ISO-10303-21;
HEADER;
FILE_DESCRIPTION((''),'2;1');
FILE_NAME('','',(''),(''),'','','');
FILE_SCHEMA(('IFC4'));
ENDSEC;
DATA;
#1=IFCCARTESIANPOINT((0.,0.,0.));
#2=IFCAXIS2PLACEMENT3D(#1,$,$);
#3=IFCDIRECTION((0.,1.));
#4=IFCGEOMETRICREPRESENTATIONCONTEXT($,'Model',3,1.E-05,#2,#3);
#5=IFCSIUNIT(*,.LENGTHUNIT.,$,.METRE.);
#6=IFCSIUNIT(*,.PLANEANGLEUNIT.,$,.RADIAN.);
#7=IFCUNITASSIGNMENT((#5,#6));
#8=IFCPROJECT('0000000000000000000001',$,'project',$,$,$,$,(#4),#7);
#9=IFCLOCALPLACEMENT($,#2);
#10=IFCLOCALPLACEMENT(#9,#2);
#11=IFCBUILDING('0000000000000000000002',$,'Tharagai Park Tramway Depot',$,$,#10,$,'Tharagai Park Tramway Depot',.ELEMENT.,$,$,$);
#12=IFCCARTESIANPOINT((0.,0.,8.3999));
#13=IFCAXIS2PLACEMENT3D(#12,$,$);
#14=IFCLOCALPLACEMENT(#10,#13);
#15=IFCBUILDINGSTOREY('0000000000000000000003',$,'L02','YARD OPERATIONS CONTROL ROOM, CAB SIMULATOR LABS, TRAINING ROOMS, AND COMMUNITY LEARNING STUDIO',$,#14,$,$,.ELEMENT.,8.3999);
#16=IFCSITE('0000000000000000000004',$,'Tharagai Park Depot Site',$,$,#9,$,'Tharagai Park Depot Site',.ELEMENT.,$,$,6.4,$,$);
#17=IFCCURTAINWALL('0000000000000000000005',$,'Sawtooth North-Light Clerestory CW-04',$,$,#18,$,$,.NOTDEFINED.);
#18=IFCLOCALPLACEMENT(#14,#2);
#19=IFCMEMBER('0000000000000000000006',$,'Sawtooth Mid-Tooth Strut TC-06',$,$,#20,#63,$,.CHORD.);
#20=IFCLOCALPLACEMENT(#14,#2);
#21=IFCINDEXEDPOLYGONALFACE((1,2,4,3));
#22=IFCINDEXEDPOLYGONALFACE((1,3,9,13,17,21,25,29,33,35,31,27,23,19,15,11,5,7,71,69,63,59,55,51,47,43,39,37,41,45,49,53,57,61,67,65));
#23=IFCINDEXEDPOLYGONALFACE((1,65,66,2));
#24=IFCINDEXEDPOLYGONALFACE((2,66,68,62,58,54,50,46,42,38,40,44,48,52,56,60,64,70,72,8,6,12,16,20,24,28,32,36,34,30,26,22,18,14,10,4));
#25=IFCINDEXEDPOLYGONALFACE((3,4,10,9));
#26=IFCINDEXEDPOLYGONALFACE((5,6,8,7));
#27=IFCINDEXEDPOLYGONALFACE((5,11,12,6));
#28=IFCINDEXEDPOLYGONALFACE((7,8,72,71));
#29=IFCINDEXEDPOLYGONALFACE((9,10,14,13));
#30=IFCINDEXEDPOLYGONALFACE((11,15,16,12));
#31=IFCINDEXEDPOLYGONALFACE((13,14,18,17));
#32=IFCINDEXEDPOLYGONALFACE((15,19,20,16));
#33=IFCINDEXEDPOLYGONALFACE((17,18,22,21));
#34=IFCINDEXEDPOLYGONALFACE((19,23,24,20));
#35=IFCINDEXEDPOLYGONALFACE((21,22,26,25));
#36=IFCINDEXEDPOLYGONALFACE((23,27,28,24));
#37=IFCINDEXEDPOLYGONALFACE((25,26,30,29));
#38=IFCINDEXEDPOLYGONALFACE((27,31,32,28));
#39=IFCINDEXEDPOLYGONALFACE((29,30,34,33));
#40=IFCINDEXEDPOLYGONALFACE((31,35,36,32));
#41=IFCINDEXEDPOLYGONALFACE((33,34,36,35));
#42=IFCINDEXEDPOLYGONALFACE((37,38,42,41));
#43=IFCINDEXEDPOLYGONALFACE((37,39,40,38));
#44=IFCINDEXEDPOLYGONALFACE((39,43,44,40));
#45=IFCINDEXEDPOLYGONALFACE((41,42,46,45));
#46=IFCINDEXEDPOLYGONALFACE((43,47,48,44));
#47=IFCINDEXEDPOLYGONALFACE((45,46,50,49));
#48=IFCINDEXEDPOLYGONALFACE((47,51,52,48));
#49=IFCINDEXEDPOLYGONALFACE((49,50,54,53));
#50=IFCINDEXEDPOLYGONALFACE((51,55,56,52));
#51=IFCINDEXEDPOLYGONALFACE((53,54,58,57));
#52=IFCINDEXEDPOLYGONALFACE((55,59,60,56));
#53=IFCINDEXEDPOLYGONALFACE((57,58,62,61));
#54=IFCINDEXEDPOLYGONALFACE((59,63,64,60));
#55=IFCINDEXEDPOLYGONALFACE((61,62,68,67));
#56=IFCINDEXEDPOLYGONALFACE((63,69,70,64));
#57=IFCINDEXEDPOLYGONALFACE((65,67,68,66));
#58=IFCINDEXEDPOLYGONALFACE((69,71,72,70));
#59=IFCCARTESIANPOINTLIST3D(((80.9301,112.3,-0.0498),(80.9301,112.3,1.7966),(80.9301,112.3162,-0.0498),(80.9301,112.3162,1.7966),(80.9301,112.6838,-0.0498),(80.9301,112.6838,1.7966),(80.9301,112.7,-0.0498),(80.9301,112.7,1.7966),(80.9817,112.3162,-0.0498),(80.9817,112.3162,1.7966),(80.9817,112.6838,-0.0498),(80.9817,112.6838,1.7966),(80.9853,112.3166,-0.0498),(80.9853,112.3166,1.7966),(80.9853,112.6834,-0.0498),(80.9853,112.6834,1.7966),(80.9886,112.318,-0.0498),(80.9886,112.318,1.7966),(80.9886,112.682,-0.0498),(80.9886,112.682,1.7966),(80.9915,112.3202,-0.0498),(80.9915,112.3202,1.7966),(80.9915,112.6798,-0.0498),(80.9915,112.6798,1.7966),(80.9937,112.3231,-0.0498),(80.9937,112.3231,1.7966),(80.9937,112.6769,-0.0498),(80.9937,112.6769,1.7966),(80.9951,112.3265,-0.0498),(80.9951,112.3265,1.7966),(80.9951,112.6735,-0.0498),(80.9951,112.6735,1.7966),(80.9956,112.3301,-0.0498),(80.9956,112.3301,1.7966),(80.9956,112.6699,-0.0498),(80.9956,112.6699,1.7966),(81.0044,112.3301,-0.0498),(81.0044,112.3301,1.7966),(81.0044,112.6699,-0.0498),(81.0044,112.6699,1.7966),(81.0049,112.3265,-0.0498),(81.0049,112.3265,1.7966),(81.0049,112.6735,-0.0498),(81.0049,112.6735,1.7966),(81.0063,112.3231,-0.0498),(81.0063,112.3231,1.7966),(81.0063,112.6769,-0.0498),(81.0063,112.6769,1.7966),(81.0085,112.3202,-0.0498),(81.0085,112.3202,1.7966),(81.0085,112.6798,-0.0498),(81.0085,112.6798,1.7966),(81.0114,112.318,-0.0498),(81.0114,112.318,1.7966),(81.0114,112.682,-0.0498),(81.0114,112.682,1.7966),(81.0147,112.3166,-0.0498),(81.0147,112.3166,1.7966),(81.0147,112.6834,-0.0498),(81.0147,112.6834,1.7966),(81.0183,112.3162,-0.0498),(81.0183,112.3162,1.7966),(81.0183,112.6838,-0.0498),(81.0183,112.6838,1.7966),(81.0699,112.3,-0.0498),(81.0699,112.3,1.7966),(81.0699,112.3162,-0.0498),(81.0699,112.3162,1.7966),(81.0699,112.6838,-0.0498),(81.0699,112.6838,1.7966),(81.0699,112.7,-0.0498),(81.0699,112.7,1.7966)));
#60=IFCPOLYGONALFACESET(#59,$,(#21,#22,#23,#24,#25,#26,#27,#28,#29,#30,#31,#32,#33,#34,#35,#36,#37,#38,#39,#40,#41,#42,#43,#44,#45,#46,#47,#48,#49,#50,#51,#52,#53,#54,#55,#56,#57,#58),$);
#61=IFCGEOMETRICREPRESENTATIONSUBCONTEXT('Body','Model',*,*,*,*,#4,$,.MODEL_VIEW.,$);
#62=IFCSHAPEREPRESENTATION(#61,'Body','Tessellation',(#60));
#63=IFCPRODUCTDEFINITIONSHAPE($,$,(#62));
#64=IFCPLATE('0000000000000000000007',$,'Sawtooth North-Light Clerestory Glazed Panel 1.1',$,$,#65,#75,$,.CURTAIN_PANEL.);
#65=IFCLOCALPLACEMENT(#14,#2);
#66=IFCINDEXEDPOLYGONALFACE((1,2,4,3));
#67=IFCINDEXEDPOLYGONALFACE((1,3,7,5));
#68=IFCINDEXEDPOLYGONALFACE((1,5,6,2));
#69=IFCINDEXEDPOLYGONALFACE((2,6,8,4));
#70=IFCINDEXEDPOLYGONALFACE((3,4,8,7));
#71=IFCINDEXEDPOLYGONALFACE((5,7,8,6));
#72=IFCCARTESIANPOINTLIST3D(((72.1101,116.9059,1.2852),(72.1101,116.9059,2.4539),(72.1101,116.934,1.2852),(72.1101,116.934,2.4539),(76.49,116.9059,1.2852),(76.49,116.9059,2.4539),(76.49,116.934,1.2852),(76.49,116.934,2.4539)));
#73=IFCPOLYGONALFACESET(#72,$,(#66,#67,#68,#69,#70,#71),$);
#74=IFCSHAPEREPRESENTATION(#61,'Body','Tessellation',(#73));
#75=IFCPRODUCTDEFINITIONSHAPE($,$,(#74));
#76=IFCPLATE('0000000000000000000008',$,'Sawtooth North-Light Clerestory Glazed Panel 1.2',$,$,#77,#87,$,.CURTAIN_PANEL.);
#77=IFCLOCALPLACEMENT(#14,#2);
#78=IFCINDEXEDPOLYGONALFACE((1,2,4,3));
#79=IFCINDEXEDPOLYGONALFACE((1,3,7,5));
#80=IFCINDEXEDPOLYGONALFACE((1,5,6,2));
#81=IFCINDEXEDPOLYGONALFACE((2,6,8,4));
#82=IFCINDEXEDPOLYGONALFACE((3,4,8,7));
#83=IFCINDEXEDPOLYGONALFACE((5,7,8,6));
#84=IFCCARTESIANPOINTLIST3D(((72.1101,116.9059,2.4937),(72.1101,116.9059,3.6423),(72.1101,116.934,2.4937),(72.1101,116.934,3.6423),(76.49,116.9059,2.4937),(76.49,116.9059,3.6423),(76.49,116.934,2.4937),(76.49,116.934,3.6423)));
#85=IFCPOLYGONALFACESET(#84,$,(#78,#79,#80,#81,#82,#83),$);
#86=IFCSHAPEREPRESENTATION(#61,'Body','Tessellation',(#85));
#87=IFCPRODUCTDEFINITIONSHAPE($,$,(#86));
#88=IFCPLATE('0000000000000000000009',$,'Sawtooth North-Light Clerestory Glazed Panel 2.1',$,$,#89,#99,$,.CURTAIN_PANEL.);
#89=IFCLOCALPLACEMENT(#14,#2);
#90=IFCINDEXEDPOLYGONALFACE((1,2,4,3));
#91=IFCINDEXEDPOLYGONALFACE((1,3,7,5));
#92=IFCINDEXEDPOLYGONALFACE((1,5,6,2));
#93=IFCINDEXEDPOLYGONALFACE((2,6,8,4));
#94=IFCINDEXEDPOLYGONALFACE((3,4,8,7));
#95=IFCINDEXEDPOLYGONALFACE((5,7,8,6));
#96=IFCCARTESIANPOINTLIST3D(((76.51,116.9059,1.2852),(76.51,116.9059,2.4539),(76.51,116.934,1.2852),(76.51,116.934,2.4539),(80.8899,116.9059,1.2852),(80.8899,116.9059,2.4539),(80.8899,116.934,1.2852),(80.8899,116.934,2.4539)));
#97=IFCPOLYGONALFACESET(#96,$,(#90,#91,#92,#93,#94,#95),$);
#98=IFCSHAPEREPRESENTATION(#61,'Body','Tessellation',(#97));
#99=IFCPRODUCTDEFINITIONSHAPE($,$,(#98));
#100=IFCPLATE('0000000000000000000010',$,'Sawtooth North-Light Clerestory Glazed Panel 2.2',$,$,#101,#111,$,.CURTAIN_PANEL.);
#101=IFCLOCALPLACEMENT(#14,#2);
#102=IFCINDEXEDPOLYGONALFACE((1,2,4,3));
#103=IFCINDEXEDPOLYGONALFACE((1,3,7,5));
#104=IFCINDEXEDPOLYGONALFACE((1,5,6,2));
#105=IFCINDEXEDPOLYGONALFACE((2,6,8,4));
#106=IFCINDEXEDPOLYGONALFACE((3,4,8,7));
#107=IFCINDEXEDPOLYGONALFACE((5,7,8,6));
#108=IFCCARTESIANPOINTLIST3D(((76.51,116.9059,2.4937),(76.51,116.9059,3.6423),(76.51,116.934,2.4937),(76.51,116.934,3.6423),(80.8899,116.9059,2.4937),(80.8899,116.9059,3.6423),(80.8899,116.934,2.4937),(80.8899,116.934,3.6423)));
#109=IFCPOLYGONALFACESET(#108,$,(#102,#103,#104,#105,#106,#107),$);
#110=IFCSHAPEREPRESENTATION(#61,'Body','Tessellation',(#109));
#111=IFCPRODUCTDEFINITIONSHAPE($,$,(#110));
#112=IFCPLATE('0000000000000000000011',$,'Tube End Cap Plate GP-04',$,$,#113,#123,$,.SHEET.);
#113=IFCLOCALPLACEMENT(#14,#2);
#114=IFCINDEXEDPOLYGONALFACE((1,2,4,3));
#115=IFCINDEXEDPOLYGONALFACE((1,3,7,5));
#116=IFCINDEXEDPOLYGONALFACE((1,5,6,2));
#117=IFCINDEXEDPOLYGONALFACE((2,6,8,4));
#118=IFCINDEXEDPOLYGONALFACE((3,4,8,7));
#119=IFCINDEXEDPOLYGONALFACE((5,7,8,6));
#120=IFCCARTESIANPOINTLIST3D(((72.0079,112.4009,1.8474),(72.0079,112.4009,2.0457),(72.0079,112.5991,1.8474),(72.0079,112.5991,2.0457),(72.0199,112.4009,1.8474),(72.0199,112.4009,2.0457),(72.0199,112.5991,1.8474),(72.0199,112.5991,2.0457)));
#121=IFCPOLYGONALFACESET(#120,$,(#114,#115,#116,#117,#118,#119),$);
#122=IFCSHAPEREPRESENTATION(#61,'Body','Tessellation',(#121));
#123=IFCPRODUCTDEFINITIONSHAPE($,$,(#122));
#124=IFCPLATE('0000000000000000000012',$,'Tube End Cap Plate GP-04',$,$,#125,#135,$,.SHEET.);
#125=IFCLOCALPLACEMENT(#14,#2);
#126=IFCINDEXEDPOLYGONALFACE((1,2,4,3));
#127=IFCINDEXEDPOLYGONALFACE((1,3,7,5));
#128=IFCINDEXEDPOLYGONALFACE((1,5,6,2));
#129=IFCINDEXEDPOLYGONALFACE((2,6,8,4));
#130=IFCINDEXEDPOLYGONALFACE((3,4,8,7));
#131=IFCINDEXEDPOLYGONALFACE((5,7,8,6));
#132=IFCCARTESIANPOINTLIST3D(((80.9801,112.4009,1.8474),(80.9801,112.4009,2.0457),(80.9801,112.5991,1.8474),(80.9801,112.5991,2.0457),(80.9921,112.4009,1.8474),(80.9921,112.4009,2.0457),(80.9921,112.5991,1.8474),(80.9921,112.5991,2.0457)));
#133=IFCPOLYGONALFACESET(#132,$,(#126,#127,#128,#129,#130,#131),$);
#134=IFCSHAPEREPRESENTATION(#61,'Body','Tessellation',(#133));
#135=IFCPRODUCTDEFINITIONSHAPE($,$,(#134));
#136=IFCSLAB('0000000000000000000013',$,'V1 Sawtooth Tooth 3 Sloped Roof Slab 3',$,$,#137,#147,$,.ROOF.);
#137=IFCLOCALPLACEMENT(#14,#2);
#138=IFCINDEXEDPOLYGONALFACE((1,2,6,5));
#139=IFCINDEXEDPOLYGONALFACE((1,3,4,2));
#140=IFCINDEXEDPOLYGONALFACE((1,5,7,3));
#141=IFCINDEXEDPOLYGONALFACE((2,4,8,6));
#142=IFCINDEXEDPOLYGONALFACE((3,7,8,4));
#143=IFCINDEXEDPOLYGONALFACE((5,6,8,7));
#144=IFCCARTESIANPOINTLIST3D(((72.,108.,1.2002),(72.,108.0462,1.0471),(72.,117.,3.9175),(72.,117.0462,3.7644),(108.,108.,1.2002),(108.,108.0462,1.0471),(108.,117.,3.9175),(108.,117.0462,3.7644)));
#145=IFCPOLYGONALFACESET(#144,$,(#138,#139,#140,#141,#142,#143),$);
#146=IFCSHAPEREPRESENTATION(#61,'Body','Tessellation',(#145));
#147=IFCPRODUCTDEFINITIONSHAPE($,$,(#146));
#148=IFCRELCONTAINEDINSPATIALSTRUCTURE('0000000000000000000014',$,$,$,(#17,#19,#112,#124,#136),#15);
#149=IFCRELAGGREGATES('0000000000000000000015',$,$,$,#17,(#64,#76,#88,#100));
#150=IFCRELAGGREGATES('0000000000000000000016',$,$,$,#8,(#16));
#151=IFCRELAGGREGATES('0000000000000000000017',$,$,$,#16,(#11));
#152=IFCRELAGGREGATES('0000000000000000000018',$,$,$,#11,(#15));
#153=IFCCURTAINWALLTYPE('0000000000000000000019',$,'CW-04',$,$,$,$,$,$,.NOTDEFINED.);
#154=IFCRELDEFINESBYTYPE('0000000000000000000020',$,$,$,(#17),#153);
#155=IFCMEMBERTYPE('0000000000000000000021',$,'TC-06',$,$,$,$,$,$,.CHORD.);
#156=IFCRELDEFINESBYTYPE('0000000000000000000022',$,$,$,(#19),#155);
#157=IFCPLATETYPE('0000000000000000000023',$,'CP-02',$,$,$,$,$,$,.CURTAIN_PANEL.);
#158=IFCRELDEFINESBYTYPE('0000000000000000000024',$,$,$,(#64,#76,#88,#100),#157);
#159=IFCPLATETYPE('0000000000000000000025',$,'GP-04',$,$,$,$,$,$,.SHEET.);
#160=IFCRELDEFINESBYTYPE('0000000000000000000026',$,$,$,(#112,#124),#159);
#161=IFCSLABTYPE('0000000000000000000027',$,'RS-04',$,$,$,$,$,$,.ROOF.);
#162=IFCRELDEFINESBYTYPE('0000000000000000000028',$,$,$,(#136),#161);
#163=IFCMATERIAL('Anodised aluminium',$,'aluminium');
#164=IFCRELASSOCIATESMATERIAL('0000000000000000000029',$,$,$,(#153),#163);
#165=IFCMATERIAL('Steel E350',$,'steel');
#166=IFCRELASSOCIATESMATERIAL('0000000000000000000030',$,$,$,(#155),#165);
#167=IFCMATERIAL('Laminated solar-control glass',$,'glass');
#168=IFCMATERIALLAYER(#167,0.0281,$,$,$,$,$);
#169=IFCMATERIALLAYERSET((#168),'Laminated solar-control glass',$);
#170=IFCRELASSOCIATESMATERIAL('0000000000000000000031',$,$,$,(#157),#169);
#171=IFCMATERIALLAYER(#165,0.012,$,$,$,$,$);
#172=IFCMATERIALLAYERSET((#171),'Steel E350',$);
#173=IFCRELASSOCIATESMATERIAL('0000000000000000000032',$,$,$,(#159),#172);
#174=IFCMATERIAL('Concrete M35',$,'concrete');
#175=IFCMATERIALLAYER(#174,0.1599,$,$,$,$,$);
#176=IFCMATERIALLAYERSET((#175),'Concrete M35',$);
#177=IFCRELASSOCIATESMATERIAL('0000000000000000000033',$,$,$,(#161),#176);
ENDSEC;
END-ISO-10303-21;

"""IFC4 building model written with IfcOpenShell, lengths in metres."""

from ifc_helpers import new_model, si_unit, direction, frame, origin, origin_2d, place, context, subcontext, project, spatial, polyline, rectangle, i_section, outline, extrude, material, layer, layer_set, material_profile, profile_set, type_object, element, aggregate, save


model = new_model("IFC4")

# Units and contexts
model_context = context("Model", 3, precision=1e-05, world=origin(), true_north=direction((0.0, 1.0)))
body_context = subcontext(model_context, "Body", "Model", "MODEL_VIEW")
ifc_project = project(units=[si_unit("LENGTHUNIT", "METRE"), si_unit("PLANEANGLEUNIT", "RADIAN")], contexts=[model_context])

# Site, building, storey
site_placement = place(None, origin())
site = spatial("IfcSite", under=ifc_project, at=site_placement, Name="Tharagai Park Depot Site", LongName="Tharagai Park Depot Site", CompositionType="ELEMENT", RefElevation=6.4)
building_placement = place(site_placement, origin())
building = spatial("IfcBuilding", under=site, at=building_placement, Name="Tharagai Park Tramway Depot", LongName="Tharagai Park Tramway Depot", CompositionType="ELEMENT")
storey_placement = place(building_placement, frame((0.0, 0.0, 8.3999)))
storey = spatial("IfcBuildingStorey", under=building, at=storey_placement, Name="L02", Description="YARD OPERATIONS CONTROL ROOM, CAB SIMULATOR LABS, TRAINING ROOMS, AND COMMUNITY LEARNING STUDIO", CompositionType="ELEMENT", Elevation=8.3999)

# Shared definitions
ifc_material_1 = material(Name="Steel E350", Category="steel")

# Curtain wall
ifc_material_2 = material(Name="Anodised aluminium", Category="aluminium")
curtain_wall_type = type_object("IfcCurtainWallType", Name="CW-04", PredefinedType="NOTDEFINED", material=ifc_material_2)
curtain_wall_placement = place(storey_placement, origin())
curtain_wall = element("IfcCurtainWall", 1, at=curtain_wall_placement, inside=storey, type_object=curtain_wall_type, Name="Sawtooth North-Light Clerestory CW-04", PredefinedType="NOTDEFINED")

# Member
ifc_material_profile_1 = material_profile(ifc_material_1, i_section(OverallWidth=0.1399, OverallDepth=0.3999, WebThickness=0.0088, FlangeThickness=0.0161, FilletRadius=0.0139, at=origin_2d()), Name="ISMB 400")
ifc_profile_set_1 = profile_set([ifc_material_profile_1], Name="Steel E350")
member_type_1 = type_object("IfcMemberType", Name="TC-06", PredefinedType="CHORD", material=ifc_profile_set_1)
for number, where, z_axis, x_axis, name in (
    (2, (81.0, 112.5, -0.0498), (0.0, 0.0, 1.0), (1.0, 0.0, 0.0), "Sawtooth Mid-Tooth Strut TC-06"),
):
    element("IfcMember", number, at=place(storey_placement, frame(where, z_axis=z_axis, x_axis=x_axis)), inside=storey, type_object=member_type_1, Name=name, PredefinedType="CHORD", context=body_context, shape_type="SweptSolid", body=[
        extrude(i_section(OverallWidth=0.1399, OverallDepth=0.3999, WebThickness=0.0088, FlangeThickness=0.0161, FilletRadius=0.0139, at=origin_2d()), origin(), (0.0, 0.0, 1.0), 1.8464),
    ])

# Plates
ifc_material_3 = material(Name="Laminated solar-control glass", Category="glass")
ifc_layer_1 = layer(ifc_material_3, 0.0281)
ifc_layer_set_1 = layer_set([ifc_layer_1], Name="Laminated solar-control glass")
plate_type_1 = type_object("IfcPlateType", Name="CP-02", PredefinedType="CURTAIN_PANEL", material=ifc_layer_set_1)
plate_1_placement = place(storey_placement, frame((74.3, 116.9199, 1.2852), z_axis=(0.0, 0.0, 1.0), x_axis=(1.0, 0.0, 0.0)))
plate_1 = element("IfcPlate", 3, at=plate_1_placement, type_object=plate_type_1, Name="Sawtooth North-Light Clerestory Glazed Panel 1.1", PredefinedType="CURTAIN_PANEL", context=body_context, shape_type="SweptSolid", body=[
    extrude(rectangle(XDim=4.3799, YDim=0.0281, at=origin_2d()), origin(), (0.0, 0.0, 1.0), 1.1687),
])
plate_2_placement = place(storey_placement, frame((74.3, 116.9199, 2.4937), z_axis=(0.0, 0.0, 1.0), x_axis=(1.0, 0.0, 0.0)))
plate_2 = element("IfcPlate", 4, at=plate_2_placement, type_object=plate_type_1, Name="Sawtooth North-Light Clerestory Glazed Panel 1.2", PredefinedType="CURTAIN_PANEL", context=body_context, shape_type="SweptSolid", body=[
    extrude(rectangle(XDim=4.3799, YDim=0.0281, at=origin_2d()), origin(), (0.0, 0.0, 1.0), 1.1487),
])
plate_3_placement = place(storey_placement, frame((78.7, 116.9199, 1.2852), z_axis=(0.0, 0.0, 1.0), x_axis=(1.0, 0.0, 0.0)))
plate_3 = element("IfcPlate", 5, at=plate_3_placement, type_object=plate_type_1, Name="Sawtooth North-Light Clerestory Glazed Panel 2.1", PredefinedType="CURTAIN_PANEL", context=body_context, shape_type="SweptSolid", body=[
    extrude(rectangle(XDim=4.3799, YDim=0.0281, at=origin_2d()), origin(), (0.0, 0.0, 1.0), 1.1687),
])
plate_4_placement = place(storey_placement, frame((78.7, 116.9199, 2.4937), z_axis=(0.0, 0.0, 1.0), x_axis=(1.0, 0.0, 0.0)))
plate_4 = element("IfcPlate", 6, at=plate_4_placement, type_object=plate_type_1, Name="Sawtooth North-Light Clerestory Glazed Panel 2.2", PredefinedType="CURTAIN_PANEL", context=body_context, shape_type="SweptSolid", body=[
    extrude(rectangle(XDim=4.3799, YDim=0.0281, at=origin_2d()), origin(), (0.0, 0.0, 1.0), 1.1487),
])
aggregate(curtain_wall, [plate_1, plate_2, plate_3, plate_4])

# Plates
ifc_layer_2 = layer(ifc_material_1, 0.012)
ifc_layer_set_2 = layer_set([ifc_layer_2], Name="Steel E350")
plate_type_2 = type_object("IfcPlateType", Name="GP-04", PredefinedType="SHEET", material=ifc_layer_set_2)
for number, where, z_axis, x_axis, name in (
    (7, (72.0139, 112.5, 1.8474), (0.0, 0.0, 1.0), (1.0, 0.0, 0.0), "Tube End Cap Plate GP-04"),
    (8, (80.9861, 112.5, 1.8474), (0.0, 0.0, 1.0), (1.0, 0.0, 0.0), "Tube End Cap Plate GP-04"),
):
    element("IfcPlate", number, at=place(storey_placement, frame(where, z_axis=z_axis, x_axis=x_axis)), inside=storey, type_object=plate_type_2, Name=name, PredefinedType="SHEET", context=body_context, shape_type="SweptSolid", body=[
        extrude(rectangle(XDim=0.012, YDim=0.1982, at=origin_2d()), origin(), (0.0, 0.0, 1.0), 0.1982),
    ])

# Slab
ifc_material_4 = material(Name="Concrete M35", Category="concrete")
ifc_layer_3 = layer(ifc_material_4, 0.1599)
ifc_layer_set_3 = layer_set([ifc_layer_3], Name="Concrete M35")
slab_type = type_object("IfcSlabType", Name="RS-04", PredefinedType="ROOF", material=ifc_layer_set_3)
slab_placement = place(storey_placement, frame((72.0, 108.0, 1.2002), z_axis=(0.0, -0.289034, 0.957319), x_axis=(1.0, 0.0, 0.0)))
element("IfcSlab", 9, at=slab_placement, inside=storey, type_object=slab_type, Name="V1 Sawtooth Tooth 3 Sloped Roof Slab 3", PredefinedType="ROOF", context=body_context, shape_type="SweptSolid", body=[
    extrude(outline(polyline([(0.0, 0.0), (36.0, 0.0), (36.0, 9.4013), (0.0, 9.4013), (0.0, 0.0)])), origin(), (0.0, 0.0, -1.0), 0.1599),
])

save(model, "model.ifc")
